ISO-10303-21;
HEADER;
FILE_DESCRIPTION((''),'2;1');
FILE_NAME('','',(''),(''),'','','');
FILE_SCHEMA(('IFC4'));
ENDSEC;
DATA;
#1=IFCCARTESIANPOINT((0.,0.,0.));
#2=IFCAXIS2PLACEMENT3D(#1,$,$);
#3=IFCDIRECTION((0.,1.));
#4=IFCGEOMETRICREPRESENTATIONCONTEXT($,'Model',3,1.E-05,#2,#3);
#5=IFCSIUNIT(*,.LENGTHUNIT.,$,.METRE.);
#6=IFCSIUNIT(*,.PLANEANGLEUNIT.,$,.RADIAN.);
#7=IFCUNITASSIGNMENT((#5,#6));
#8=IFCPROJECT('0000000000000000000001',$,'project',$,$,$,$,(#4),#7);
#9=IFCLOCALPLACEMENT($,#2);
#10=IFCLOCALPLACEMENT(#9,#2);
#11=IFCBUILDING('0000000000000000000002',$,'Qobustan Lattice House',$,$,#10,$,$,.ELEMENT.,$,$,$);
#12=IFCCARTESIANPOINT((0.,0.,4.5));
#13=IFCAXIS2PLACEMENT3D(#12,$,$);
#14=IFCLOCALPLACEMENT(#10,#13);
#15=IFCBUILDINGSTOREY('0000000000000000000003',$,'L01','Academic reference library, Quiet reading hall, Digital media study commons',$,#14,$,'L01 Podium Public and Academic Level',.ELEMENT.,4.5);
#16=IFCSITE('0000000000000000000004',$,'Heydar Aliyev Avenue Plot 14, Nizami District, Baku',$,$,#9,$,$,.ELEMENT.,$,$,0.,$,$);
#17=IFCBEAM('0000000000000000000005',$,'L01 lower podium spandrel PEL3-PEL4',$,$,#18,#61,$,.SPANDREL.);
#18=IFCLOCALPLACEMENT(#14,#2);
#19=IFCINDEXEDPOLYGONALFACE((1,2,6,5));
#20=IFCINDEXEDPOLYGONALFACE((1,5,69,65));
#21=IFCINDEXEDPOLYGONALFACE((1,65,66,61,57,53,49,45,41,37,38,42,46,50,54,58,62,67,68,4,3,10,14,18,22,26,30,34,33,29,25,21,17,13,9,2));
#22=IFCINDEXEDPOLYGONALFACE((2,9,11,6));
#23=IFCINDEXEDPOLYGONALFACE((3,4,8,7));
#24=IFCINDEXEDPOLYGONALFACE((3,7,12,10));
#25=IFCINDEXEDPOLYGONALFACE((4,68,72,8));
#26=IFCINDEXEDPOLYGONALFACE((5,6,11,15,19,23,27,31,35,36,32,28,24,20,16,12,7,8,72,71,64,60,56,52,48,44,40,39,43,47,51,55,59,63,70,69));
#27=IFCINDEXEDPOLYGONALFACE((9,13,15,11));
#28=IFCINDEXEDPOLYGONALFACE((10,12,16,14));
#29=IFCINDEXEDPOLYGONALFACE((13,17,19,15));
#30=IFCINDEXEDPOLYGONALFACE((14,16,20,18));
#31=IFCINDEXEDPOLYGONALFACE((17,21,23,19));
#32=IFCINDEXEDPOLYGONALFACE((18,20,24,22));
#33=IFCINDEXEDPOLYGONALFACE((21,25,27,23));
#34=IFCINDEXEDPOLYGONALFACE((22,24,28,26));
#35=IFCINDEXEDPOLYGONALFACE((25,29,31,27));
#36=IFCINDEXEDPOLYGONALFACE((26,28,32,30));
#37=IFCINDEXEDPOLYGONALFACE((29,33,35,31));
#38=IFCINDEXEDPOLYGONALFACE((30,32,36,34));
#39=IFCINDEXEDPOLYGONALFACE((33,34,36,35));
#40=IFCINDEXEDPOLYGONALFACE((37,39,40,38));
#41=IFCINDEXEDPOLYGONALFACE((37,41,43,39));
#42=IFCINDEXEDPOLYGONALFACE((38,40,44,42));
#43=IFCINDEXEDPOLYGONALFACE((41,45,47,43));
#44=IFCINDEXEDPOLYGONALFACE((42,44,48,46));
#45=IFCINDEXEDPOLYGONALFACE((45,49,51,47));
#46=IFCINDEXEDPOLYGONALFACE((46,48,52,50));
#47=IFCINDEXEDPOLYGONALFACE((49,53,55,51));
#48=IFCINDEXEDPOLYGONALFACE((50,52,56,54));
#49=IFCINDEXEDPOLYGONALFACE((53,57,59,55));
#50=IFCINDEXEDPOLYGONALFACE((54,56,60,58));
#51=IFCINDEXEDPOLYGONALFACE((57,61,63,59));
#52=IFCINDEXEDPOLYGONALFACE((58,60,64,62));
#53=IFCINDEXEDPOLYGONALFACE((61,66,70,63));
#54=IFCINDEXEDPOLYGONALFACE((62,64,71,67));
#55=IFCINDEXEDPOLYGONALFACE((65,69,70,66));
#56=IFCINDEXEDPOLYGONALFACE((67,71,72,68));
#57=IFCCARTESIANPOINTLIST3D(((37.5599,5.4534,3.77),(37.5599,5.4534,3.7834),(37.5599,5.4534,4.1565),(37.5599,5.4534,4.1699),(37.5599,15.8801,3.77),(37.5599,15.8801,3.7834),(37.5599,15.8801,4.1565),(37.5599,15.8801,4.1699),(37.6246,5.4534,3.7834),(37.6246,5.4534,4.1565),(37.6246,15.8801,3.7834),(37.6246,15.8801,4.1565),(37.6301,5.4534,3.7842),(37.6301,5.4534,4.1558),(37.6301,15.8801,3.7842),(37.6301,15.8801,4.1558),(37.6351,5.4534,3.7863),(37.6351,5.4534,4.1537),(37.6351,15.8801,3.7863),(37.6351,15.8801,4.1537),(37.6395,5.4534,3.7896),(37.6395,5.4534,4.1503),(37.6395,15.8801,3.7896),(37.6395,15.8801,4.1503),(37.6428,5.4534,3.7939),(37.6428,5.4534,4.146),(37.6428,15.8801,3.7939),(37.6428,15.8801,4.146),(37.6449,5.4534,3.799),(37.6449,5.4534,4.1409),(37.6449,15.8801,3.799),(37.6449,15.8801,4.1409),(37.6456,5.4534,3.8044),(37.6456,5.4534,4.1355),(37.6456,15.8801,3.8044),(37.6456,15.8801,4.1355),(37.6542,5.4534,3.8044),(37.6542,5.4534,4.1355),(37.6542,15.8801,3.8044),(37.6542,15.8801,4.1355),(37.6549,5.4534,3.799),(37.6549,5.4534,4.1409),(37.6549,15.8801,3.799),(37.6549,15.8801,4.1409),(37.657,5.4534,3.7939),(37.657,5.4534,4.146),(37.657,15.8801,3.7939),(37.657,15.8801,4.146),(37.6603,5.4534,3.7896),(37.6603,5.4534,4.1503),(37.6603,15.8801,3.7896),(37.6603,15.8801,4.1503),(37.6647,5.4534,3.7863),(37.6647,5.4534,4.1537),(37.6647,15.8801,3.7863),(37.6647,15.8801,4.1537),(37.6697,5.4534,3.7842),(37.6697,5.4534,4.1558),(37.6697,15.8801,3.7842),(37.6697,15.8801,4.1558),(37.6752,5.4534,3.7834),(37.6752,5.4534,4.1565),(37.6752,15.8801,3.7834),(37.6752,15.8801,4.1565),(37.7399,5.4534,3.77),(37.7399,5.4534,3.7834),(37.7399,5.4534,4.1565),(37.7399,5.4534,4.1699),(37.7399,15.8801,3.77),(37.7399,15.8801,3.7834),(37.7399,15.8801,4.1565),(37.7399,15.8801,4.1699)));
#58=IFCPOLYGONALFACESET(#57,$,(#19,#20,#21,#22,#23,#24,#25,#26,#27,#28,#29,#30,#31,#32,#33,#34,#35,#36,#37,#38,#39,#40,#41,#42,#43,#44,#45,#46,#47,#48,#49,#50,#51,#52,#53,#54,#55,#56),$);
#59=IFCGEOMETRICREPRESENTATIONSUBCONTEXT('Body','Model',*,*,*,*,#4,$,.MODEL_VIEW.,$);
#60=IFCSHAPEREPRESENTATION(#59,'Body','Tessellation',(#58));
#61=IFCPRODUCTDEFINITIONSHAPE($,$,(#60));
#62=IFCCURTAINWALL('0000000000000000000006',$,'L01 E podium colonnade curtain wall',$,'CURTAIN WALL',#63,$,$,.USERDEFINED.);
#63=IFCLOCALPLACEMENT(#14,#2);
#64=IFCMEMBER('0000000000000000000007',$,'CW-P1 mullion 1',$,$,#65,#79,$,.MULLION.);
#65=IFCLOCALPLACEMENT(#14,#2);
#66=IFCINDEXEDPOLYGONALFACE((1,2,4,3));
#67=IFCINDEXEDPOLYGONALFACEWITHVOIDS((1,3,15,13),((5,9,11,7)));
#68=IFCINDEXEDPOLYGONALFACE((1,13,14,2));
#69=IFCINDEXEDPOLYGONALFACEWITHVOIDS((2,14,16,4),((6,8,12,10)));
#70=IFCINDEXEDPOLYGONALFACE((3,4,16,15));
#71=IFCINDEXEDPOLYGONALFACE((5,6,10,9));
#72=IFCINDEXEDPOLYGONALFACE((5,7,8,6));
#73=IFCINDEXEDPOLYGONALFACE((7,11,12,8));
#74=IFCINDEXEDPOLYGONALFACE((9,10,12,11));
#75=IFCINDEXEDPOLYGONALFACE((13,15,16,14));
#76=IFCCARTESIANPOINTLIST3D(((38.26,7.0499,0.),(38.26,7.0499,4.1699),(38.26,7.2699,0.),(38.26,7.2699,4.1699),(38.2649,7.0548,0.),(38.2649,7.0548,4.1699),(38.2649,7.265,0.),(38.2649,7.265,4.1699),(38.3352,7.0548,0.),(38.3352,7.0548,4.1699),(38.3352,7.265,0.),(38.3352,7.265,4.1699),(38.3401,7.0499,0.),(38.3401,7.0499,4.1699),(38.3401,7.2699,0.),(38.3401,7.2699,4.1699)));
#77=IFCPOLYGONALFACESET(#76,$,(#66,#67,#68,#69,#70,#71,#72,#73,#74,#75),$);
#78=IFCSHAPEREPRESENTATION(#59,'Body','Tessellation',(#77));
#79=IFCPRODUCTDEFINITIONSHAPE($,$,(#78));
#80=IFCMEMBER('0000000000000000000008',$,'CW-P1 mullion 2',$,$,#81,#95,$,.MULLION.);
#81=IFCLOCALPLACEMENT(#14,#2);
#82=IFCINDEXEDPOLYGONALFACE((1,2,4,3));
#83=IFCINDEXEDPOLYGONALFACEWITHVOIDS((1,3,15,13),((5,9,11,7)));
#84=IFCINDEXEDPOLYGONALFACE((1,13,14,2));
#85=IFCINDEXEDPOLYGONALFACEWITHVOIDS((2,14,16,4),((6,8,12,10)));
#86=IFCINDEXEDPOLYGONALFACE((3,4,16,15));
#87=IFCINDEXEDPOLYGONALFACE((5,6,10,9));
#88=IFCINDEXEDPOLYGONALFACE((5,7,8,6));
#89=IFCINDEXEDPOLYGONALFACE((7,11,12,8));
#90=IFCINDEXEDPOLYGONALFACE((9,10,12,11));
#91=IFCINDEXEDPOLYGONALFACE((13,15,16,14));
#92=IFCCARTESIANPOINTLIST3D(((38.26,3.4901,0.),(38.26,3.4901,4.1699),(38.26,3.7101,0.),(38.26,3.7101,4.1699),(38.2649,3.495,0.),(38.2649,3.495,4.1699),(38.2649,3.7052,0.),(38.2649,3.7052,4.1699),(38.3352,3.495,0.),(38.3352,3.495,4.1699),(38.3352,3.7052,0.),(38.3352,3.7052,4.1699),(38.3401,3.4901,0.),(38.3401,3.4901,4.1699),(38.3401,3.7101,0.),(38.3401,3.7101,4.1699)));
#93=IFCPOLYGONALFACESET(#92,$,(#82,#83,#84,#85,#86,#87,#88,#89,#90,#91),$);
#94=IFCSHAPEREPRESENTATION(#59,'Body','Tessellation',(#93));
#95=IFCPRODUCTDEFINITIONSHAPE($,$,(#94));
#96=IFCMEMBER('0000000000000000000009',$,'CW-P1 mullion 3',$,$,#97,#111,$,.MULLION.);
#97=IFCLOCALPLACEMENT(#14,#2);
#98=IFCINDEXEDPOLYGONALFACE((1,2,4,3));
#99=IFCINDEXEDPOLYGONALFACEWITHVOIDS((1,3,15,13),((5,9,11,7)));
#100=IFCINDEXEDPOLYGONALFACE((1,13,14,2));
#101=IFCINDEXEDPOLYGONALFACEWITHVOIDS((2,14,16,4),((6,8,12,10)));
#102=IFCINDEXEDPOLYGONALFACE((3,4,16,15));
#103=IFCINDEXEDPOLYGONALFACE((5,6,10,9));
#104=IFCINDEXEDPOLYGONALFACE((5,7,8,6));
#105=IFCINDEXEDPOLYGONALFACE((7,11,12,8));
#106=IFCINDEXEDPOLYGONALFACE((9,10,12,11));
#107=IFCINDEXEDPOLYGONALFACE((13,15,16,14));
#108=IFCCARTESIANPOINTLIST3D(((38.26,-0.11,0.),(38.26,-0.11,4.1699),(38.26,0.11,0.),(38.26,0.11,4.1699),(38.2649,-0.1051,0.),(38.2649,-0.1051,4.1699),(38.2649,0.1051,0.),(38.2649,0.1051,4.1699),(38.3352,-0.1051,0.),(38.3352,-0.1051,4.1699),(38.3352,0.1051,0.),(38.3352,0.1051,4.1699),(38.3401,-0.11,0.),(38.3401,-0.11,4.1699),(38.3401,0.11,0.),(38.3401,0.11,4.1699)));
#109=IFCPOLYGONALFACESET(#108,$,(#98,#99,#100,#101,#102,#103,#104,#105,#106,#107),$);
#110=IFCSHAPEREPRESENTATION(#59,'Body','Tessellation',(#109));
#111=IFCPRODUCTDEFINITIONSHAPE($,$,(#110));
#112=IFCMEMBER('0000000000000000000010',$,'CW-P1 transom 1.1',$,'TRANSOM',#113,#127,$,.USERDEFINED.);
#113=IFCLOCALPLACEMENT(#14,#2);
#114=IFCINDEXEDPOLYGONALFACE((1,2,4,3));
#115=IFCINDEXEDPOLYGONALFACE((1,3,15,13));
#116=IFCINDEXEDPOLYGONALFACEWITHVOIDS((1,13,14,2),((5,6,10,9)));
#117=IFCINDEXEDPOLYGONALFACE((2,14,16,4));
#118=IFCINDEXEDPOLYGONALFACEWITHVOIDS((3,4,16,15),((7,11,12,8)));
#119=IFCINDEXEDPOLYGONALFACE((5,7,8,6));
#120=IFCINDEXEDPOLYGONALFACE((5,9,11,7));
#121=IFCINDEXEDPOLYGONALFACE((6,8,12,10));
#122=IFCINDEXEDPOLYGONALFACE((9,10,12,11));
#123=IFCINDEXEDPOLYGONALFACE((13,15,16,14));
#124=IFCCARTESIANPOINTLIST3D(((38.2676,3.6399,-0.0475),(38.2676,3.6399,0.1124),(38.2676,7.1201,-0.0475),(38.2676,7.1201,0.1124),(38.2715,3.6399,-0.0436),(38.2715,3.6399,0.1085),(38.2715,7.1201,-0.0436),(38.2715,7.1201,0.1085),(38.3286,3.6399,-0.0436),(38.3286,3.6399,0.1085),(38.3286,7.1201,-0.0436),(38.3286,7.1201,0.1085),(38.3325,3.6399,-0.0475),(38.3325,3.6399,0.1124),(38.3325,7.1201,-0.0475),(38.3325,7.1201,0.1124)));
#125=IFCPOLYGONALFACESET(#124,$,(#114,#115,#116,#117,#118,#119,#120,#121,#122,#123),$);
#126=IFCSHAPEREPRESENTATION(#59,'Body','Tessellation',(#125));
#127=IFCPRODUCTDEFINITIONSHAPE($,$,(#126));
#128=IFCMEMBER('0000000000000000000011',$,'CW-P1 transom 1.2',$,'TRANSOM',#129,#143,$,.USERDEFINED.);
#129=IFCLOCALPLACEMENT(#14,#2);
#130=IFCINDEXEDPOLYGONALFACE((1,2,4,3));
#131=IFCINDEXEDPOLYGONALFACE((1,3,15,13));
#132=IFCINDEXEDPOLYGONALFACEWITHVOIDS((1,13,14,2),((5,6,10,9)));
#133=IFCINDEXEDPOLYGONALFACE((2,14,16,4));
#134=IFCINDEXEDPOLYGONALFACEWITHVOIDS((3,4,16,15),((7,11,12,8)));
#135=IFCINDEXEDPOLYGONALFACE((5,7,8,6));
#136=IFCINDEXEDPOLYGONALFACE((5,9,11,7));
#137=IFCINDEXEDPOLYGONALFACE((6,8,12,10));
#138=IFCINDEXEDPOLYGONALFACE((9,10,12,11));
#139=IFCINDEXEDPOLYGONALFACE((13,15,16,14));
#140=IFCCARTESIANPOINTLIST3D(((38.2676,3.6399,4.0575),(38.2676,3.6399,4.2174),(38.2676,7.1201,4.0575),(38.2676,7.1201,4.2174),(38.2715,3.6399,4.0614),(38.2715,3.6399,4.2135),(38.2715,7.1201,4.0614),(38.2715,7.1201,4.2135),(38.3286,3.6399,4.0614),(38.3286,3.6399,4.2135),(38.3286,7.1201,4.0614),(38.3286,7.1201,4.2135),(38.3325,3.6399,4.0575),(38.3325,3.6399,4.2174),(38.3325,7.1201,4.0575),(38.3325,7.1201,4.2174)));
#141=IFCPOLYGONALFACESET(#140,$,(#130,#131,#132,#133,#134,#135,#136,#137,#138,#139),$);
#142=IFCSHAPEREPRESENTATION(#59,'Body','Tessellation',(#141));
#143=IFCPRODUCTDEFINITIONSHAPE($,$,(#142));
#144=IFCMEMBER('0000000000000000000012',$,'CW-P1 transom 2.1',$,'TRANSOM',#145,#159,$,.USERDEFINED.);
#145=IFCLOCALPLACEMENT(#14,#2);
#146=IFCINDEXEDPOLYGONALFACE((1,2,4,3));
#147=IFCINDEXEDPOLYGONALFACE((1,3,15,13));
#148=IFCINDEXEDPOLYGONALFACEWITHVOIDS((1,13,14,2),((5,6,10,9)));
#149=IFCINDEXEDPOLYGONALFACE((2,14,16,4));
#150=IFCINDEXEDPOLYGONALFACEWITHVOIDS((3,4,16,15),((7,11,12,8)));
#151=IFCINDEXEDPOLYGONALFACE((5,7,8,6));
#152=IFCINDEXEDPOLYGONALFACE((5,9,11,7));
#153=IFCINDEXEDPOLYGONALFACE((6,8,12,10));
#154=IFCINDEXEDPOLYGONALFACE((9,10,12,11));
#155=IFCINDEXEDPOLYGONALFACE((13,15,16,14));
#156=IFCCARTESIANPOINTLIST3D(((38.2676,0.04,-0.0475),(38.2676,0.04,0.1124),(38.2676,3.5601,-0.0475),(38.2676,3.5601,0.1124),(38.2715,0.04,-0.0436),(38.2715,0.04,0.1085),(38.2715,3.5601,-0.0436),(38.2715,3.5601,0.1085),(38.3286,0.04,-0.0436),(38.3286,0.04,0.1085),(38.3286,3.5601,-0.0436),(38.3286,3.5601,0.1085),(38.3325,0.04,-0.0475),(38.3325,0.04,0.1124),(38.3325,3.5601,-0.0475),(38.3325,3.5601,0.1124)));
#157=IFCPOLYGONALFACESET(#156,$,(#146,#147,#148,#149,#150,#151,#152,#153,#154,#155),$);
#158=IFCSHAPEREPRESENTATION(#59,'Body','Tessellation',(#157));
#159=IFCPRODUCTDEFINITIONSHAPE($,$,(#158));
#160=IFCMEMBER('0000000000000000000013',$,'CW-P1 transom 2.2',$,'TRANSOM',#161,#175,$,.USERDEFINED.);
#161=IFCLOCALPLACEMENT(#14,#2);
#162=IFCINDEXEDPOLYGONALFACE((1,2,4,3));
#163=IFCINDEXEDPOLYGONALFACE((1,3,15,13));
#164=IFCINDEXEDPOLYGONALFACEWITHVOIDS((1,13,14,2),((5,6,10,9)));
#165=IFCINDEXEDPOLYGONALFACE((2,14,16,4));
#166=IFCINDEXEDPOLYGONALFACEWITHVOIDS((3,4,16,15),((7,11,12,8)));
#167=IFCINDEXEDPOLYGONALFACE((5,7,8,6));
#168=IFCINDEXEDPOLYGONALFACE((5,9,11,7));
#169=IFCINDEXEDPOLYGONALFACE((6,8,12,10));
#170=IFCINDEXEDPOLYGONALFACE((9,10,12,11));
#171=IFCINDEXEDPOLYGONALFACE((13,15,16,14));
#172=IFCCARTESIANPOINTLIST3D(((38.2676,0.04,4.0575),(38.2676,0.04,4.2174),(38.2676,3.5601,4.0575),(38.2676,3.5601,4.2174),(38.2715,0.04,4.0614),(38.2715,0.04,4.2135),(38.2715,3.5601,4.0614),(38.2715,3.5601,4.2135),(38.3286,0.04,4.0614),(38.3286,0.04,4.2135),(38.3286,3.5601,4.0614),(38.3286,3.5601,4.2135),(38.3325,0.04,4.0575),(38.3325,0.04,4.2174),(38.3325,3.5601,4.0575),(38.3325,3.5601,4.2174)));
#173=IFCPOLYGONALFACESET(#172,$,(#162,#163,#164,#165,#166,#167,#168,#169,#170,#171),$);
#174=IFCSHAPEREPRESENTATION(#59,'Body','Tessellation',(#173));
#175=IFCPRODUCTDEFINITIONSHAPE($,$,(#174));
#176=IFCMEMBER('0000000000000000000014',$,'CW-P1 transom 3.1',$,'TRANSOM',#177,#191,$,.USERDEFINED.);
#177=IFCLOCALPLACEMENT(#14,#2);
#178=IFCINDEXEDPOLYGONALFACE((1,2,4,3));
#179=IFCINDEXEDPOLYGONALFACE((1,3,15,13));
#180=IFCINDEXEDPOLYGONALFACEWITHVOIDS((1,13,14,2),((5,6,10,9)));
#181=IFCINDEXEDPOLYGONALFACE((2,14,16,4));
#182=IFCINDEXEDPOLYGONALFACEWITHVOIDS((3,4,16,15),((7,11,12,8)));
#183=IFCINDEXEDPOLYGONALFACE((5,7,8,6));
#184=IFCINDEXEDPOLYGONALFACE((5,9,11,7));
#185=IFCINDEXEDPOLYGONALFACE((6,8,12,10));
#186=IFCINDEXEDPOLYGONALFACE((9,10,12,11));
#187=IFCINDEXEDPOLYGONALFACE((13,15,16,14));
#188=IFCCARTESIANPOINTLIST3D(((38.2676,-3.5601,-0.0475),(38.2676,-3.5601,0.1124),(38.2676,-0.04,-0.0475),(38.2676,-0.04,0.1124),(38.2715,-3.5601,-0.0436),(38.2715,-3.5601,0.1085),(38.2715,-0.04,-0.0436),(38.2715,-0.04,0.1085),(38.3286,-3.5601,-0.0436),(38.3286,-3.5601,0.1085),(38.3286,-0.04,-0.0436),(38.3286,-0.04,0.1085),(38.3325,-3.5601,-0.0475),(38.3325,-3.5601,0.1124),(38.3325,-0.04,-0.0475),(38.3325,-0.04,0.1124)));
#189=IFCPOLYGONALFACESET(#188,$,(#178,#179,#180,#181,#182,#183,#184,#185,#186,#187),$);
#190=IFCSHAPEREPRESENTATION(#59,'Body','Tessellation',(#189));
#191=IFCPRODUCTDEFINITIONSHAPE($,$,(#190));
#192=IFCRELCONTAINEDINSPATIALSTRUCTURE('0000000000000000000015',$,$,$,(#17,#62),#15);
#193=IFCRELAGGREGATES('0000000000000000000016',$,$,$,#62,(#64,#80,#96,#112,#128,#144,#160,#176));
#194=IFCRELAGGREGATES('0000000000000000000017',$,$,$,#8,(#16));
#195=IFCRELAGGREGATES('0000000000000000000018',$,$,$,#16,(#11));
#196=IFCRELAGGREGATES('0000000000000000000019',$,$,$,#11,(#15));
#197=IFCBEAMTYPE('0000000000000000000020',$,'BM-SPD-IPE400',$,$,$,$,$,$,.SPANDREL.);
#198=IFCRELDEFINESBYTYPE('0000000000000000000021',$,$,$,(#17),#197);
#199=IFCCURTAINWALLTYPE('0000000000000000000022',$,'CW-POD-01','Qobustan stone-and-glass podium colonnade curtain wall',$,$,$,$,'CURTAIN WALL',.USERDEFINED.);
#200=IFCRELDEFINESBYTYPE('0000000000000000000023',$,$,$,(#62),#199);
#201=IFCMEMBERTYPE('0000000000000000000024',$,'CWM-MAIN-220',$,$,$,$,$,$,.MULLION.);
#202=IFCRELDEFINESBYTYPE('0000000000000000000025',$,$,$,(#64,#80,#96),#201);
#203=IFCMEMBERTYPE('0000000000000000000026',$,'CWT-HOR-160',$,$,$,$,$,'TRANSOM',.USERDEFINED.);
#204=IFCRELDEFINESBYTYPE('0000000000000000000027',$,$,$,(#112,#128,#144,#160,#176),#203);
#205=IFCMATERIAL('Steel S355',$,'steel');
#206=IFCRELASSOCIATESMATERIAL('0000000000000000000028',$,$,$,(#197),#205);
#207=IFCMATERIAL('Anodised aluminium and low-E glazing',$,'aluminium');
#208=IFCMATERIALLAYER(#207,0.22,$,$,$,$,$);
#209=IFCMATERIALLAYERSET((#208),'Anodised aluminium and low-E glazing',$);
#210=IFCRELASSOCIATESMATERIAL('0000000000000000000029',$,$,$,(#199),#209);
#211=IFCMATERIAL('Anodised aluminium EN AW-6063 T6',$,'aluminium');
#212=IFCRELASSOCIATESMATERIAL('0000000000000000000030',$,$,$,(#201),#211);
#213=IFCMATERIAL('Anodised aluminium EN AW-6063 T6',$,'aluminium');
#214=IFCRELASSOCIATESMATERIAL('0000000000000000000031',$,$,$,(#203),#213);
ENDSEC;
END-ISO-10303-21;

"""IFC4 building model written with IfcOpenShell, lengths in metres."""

from ifc_helpers import new_model, si_unit, direction, frame, origin, origin_2d, place, context, subcontext, project, spatial, hollow_rectangle, i_section, extrude, material, layer, layer_set, material_profile, profile_set, type_object, element, aggregate, save


model = new_model("IFC4")

# Units and contexts
model_context = context("Model", 3, precision=1e-05, world=origin(), true_north=direction((0.0, 1.0)))
body_context = subcontext(model_context, "Body", "Model", "MODEL_VIEW")
ifc_project = project(units=[si_unit("LENGTHUNIT", "METRE"), si_unit("PLANEANGLEUNIT", "RADIAN")], contexts=[model_context])

# Site, building, storey
site_placement = place(None, origin())
site = spatial("IfcSite", under=ifc_project, at=site_placement, Name="Heydar Aliyev Avenue Plot 14, Nizami District, Baku", CompositionType="ELEMENT", RefElevation=0.0)
building_placement = place(site_placement, origin())
building = spatial("IfcBuilding", under=site, at=building_placement, Name="Qobustan Lattice House", CompositionType="ELEMENT")
storey_placement = place(building_placement, frame((0.0, 0.0, 4.5)))
storey = spatial("IfcBuildingStorey", under=building, at=storey_placement, Name="L01", Description="Academic reference library, Quiet reading hall, Digital media study commons", LongName="L01 Podium Public and Academic Level", CompositionType="ELEMENT", Elevation=4.5)

# Beam
ifc_material_1 = material(Name="Steel S355", Category="steel")
ifc_material_profile_1 = material_profile(ifc_material_1, i_section(OverallWidth=0.1799, OverallDepth=0.3999, WebThickness=0.0085, FlangeThickness=0.0134, FilletRadius=0.021, at=origin_2d()), Name="IPE400")
ifc_profile_set_1 = profile_set([ifc_material_profile_1], Name="Steel S355")
beam_type_1 = type_object("IfcBeamType", Name="BM-SPD-IPE400", PredefinedType="SPANDREL", material=ifc_profile_set_1)
beam_1_placement = place(storey_placement, frame((37.6499, 5.4534, 3.97), z_axis=(0.0, 1.0, 0.0), x_axis=(-1.0, 0.0, 0.0)))
element("IfcBeam", 1, at=beam_1_placement, inside=storey, type_object=beam_type_1, Name="L01 lower podium spandrel PEL3-PEL4", PredefinedType="SPANDREL", context=body_context, shape_type="SweptSolid", body=[
    extrude(i_section(OverallWidth=0.1799, OverallDepth=0.3999, WebThickness=0.0085, FlangeThickness=0.0134, FilletRadius=0.021, at=origin_2d()), origin(), (0.0, 0.0, 1.0), 10.4268),
])

# Curtain wall, members
ifc_material_2 = material(Name="Anodised aluminium and low-E glazing", Category="aluminium")
ifc_layer_1 = layer(ifc_material_2, 0.22)
ifc_layer_set_1 = layer_set([ifc_layer_1], Name="Anodised aluminium and low-E glazing")
curtain_wall_type = type_object("IfcCurtainWallType", Name="CW-POD-01", Description="Qobustan stone-and-glass podium colonnade curtain wall", ElementType="CURTAIN WALL", PredefinedType="USERDEFINED", material=ifc_layer_set_1)
curtain_wall_placement = place(storey_placement, origin())
curtain_wall = element("IfcCurtainWall", 2, at=curtain_wall_placement, inside=storey, type_object=curtain_wall_type, Name="L01 E podium colonnade curtain wall", ObjectType="CURTAIN WALL", PredefinedType="USERDEFINED")
ifc_material_3 = material(Name="Anodised aluminium EN AW-6063 T6", Category="aluminium")
ifc_material_profile_2 = material_profile(ifc_material_3, hollow_rectangle(XDim=0.0801, YDim=0.22, WallThickness=0.0049, at=origin_2d()), Name="CWM-220x80")
ifc_profile_set_2 = profile_set([ifc_material_profile_2], Name="Anodised aluminium EN AW-6063 T6")
member_type_1 = type_object("IfcMemberType", Name="CWM-MAIN-220", PredefinedType="MULLION", material=ifc_profile_set_2)
member_1_placement = place(storey_placement, frame((38.3, 7.1599, 0.0), z_axis=(0.0, 0.0, 1.0), x_axis=(1.0, 0.0, 0.0)))
member_1 = element("IfcMember", 3, at=member_1_placement, type_object=member_type_1, Name="CW-P1 mullion 1", PredefinedType="MULLION", context=body_context, shape_type="SweptSolid", body=[
    extrude(hollow_rectangle(XDim=0.0801, YDim=0.22, WallThickness=0.0049, at=origin_2d()), origin(), (0.0, 0.0, 1.0), 4.1699),
])
member_2_placement = place(storey_placement, frame((38.3, 3.6001, 0.0), z_axis=(0.0, 0.0, 1.0), x_axis=(1.0, 0.0, 0.0)))
member_2 = element("IfcMember", 4, at=member_2_placement, type_object=member_type_1, Name="CW-P1 mullion 2", PredefinedType="MULLION", context=body_context, shape_type="SweptSolid", body=[
    extrude(hollow_rectangle(XDim=0.0801, YDim=0.22, WallThickness=0.0049, at=origin_2d()), origin(), (0.0, 0.0, 1.0), 4.1699),
])
member_3_placement = place(storey_placement, frame((38.3, 0.0, 0.0), z_axis=(0.0, 0.0, 1.0), x_axis=(1.0, 0.0, 0.0)))
member_3 = element("IfcMember", 5, at=member_3_placement, type_object=member_type_1, Name="CW-P1 mullion 3", PredefinedType="MULLION", context=body_context, shape_type="SweptSolid", body=[
    extrude(hollow_rectangle(XDim=0.0801, YDim=0.22, WallThickness=0.0049, at=origin_2d()), origin(), (0.0, 0.0, 1.0), 4.1699),
])
ifc_material_4 = material(Name="Anodised aluminium EN AW-6063 T6", Category="aluminium")
ifc_material_profile_3 = material_profile(ifc_material_4, hollow_rectangle(XDim=0.0649, YDim=0.1599, WallThickness=0.0039, at=origin_2d()), Name="CWT-160x65")
ifc_profile_set_3 = profile_set([ifc_material_profile_3], Name="Anodised aluminium EN AW-6063 T6")
member_type_2 = type_object("IfcMemberType", Name="CWT-HOR-160", ElementType="TRANSOM", PredefinedType="USERDEFINED", material=ifc_profile_set_3)
member_4_placement = place(storey_placement, frame((38.3, 7.1201, 0.0325), z_axis=(0.0, -1.0, 0.0), x_axis=(1.0, 0.0, 0.0)))
member_4 = element("IfcMember", 6, at=member_4_placement, type_object=member_type_2, Name="CW-P1 transom 1.1", ObjectType="TRANSOM", PredefinedType="USERDEFINED", context=body_context, shape_type="SweptSolid", body=[
    extrude(hollow_rectangle(XDim=0.0649, YDim=0.1599, WallThickness=0.0039, at=origin_2d()), origin(), (0.0, 0.0, 1.0), 3.4802),
])
member_5_placement = place(storey_placement, frame((38.3, 7.1201, 4.1375), z_axis=(0.0, -1.0, 0.0), x_axis=(1.0, 0.0, 0.0)))
member_5 = element("IfcMember", 7, at=member_5_placement, type_object=member_type_2, Name="CW-P1 transom 1.2", ObjectType="TRANSOM", PredefinedType="USERDEFINED", context=body_context, shape_type="SweptSolid", body=[
    extrude(hollow_rectangle(XDim=0.0649, YDim=0.1599, WallThickness=0.0039, at=origin_2d()), origin(), (0.0, 0.0, 1.0), 3.4802),
])
member_6_placement = place(storey_placement, frame((38.3, 3.5601, 0.0325), z_axis=(0.0, -1.0, 0.0), x_axis=(1.0, 0.0, 0.0)))
member_6 = element("IfcMember", 8, at=member_6_placement, type_object=member_type_2, Name="CW-P1 transom 2.1", ObjectType="TRANSOM", PredefinedType="USERDEFINED", context=body_context, shape_type="SweptSolid", body=[
    extrude(hollow_rectangle(XDim=0.0649, YDim=0.1599, WallThickness=0.0039, at=origin_2d()), origin(), (0.0, 0.0, 1.0), 3.52),
])
member_7_placement = place(storey_placement, frame((38.3, 3.5601, 4.1375), z_axis=(0.0, -1.0, 0.0), x_axis=(1.0, 0.0, 0.0)))
member_7 = element("IfcMember", 9, at=member_7_placement, type_object=member_type_2, Name="CW-P1 transom 2.2", ObjectType="TRANSOM", PredefinedType="USERDEFINED", context=body_context, shape_type="SweptSolid", body=[
    extrude(hollow_rectangle(XDim=0.0649, YDim=0.1599, WallThickness=0.0039, at=origin_2d()), origin(), (0.0, 0.0, 1.0), 3.52),
])
member_8_placement = place(storey_placement, frame((38.3, -0.04, 0.0325), z_axis=(0.0, -1.0, 0.0), x_axis=(1.0, 0.0, 0.0)))
member_8 = element("IfcMember", 10, at=member_8_placement, type_object=member_type_2, Name="CW-P1 transom 3.1", ObjectType="TRANSOM", PredefinedType="USERDEFINED", context=body_context, shape_type="SweptSolid", body=[
    extrude(hollow_rectangle(XDim=0.0649, YDim=0.1599, WallThickness=0.0039, at=origin_2d()), origin(), (0.0, 0.0, 1.0), 3.52),
])
aggregate(curtain_wall, [member_1, member_2, member_3, member_4, member_5, member_6, member_7, member_8])

save(model, "model.ifc")
